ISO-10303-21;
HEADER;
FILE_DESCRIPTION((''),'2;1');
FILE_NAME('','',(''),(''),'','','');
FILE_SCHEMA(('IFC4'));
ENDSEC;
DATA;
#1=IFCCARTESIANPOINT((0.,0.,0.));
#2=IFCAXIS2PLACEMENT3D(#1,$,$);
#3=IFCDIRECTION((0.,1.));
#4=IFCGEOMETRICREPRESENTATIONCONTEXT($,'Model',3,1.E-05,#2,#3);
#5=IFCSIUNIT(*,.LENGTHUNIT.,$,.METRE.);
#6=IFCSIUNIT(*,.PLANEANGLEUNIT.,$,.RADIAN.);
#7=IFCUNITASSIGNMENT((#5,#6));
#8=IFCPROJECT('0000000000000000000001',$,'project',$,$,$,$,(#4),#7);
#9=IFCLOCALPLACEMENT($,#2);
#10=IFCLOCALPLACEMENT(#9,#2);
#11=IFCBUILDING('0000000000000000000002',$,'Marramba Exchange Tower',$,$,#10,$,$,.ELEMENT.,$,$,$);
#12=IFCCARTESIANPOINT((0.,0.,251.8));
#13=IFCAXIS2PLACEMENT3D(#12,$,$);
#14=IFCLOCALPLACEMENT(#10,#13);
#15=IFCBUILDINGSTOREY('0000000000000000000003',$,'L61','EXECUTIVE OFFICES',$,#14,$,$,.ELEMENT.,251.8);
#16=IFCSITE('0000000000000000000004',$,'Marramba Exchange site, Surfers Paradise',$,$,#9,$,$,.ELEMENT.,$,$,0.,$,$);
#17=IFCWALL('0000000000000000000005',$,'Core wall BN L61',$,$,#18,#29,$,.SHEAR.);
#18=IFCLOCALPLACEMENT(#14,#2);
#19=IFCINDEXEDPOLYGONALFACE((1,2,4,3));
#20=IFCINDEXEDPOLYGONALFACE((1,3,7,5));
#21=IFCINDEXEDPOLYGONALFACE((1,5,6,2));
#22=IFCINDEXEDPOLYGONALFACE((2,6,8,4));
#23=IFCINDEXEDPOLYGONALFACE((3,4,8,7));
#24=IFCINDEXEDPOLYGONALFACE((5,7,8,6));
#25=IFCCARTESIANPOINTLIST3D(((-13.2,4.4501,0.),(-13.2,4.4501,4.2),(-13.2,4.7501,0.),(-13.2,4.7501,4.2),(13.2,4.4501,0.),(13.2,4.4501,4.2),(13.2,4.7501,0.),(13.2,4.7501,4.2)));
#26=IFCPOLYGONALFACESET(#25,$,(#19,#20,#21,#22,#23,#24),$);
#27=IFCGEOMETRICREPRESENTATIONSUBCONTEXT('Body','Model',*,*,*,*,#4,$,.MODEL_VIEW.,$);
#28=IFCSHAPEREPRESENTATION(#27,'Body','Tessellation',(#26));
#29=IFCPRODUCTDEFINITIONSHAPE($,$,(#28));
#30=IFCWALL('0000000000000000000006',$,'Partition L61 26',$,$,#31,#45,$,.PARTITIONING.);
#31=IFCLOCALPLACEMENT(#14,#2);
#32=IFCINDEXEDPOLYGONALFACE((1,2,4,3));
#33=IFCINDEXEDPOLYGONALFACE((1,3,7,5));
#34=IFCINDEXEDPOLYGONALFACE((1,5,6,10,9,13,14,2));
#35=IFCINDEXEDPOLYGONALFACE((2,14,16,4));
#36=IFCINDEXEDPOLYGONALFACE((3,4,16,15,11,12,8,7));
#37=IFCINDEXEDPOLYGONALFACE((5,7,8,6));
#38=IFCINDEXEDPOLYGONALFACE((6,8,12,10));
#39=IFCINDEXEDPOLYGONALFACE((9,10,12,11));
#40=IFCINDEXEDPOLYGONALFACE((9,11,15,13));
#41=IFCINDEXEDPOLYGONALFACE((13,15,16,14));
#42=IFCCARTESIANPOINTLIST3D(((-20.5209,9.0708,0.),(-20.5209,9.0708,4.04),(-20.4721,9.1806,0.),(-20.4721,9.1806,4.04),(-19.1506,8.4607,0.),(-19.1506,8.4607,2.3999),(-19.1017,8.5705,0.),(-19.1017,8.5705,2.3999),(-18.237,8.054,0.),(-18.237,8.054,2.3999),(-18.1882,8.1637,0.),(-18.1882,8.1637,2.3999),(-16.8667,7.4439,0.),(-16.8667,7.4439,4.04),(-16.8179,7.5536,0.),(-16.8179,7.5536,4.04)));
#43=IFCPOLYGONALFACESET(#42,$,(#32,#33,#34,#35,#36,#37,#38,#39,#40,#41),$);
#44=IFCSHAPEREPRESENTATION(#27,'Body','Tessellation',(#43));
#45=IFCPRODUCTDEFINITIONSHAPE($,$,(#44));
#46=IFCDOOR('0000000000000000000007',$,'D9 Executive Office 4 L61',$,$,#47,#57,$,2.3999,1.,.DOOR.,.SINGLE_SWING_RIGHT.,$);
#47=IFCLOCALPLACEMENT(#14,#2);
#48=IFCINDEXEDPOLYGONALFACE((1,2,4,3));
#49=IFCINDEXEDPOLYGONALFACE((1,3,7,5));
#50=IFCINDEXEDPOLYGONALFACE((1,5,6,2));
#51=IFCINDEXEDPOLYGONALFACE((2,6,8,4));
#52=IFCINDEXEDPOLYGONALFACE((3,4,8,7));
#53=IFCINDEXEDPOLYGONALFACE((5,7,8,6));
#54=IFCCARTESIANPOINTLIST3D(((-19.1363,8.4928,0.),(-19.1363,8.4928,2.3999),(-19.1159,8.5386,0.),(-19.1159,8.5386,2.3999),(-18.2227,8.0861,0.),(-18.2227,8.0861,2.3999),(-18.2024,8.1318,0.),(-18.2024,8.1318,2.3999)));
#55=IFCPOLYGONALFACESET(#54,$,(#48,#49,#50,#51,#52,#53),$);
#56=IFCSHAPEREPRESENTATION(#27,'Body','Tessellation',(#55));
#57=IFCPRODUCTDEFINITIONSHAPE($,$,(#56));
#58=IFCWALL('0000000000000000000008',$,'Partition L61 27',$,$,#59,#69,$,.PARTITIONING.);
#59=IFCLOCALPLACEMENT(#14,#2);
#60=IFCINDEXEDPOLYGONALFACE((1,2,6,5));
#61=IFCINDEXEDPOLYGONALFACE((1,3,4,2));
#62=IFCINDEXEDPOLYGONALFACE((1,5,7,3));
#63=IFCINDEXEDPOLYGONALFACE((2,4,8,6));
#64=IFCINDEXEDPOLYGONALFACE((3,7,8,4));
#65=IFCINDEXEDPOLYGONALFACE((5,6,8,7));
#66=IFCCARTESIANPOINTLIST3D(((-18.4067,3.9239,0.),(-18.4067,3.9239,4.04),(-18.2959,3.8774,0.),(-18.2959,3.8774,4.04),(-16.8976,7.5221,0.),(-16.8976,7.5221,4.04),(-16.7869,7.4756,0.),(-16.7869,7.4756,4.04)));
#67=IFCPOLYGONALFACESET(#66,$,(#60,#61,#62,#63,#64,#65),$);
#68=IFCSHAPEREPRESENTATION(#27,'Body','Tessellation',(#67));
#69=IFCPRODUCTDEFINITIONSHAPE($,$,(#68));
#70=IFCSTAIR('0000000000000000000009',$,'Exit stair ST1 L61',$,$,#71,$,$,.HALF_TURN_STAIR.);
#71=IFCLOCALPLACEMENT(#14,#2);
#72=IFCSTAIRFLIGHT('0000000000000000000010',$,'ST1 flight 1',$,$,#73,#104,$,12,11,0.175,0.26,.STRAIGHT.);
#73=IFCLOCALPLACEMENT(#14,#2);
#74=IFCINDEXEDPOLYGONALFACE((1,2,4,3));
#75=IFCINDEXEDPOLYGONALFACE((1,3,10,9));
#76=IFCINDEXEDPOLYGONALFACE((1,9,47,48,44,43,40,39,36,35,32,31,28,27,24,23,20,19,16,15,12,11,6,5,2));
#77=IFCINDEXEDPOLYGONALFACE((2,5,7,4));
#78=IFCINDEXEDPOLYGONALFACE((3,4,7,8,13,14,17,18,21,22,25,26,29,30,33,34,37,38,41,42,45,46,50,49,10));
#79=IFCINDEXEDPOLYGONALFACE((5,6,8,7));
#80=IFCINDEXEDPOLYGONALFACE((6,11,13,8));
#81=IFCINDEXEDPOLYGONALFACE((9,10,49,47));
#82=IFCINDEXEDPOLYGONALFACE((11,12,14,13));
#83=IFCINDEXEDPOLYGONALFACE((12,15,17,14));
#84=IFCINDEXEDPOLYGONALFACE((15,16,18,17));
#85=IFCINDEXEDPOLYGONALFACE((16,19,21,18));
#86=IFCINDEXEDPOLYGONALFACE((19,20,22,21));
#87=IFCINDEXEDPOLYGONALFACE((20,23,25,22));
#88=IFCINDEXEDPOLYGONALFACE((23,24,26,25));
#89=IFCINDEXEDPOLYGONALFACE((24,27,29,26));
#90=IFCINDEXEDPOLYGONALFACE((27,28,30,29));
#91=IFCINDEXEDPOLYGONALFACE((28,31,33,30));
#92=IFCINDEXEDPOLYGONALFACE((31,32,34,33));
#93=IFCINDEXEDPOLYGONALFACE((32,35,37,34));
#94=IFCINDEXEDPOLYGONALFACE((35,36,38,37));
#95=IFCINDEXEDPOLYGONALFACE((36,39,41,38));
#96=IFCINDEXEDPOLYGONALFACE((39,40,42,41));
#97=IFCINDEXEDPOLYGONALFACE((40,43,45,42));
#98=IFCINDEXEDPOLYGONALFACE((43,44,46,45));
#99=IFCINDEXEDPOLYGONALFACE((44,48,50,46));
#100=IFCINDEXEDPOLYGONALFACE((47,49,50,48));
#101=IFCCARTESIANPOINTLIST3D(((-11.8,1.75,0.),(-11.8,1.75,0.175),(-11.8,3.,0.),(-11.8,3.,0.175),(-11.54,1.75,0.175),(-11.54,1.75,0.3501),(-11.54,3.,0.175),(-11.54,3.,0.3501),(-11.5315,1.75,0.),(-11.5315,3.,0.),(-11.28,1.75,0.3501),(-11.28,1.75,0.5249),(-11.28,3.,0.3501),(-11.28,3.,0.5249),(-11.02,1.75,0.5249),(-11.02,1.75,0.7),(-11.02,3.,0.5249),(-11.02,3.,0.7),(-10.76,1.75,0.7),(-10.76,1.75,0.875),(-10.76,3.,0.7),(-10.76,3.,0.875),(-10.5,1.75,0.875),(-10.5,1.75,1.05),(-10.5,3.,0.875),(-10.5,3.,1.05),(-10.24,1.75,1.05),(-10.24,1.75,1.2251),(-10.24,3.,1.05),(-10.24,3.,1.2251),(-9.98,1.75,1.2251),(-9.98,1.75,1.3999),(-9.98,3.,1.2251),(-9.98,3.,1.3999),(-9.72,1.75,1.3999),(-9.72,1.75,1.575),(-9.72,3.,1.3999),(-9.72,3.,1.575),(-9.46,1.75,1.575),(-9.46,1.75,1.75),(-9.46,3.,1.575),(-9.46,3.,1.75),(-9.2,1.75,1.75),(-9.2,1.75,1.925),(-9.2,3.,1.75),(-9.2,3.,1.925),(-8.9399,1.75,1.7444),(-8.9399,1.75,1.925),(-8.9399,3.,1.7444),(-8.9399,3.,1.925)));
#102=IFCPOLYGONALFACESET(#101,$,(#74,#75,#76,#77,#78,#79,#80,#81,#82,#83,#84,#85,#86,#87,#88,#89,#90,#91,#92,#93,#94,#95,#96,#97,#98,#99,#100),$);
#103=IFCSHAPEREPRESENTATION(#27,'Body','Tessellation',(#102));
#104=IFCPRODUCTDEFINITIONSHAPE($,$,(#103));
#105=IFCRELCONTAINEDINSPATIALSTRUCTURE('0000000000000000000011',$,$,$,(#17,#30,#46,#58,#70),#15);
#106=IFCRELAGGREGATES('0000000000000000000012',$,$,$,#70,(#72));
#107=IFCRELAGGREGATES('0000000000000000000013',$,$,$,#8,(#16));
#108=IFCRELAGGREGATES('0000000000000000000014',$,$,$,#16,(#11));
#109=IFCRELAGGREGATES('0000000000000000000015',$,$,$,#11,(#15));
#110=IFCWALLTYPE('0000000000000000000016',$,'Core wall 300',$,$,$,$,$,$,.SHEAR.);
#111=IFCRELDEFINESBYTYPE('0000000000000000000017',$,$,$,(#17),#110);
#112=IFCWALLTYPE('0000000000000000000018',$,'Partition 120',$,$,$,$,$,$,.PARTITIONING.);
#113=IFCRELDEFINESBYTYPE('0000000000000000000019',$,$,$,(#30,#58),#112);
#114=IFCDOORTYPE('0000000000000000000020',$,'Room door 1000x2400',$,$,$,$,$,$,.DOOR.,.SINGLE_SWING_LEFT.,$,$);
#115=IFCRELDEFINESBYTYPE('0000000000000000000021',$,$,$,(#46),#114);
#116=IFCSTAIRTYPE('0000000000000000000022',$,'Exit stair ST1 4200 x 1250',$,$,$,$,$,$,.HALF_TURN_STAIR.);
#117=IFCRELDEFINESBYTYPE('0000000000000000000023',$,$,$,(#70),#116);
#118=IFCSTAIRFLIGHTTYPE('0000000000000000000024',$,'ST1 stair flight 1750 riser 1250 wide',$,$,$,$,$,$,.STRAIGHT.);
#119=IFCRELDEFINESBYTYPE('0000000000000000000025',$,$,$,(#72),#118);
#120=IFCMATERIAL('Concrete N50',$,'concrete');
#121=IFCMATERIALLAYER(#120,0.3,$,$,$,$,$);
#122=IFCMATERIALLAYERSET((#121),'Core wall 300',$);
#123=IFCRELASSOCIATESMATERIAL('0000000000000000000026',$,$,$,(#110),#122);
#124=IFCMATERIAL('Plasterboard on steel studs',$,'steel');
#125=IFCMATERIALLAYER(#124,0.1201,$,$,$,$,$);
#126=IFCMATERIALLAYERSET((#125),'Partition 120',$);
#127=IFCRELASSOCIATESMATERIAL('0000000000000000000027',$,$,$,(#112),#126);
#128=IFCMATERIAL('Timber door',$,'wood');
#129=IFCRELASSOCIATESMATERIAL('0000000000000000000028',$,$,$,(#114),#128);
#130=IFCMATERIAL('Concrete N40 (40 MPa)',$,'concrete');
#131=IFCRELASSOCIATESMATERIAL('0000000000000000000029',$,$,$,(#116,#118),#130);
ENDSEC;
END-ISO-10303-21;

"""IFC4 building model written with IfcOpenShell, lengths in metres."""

from ifc_helpers import new_model, si_unit, direction, frame, frame_2d, origin, place, context, subcontext, project, spatial, polyline, rectangle, outline, extrude, material, layer, layer_set, type_object, element, fill, aggregate, save


model = new_model("IFC4")

# Units and contexts
model_context = context("Model", 3, precision=1e-05, world=origin(), true_north=direction((0.0, 1.0)))
body_context = subcontext(model_context, "Body", "Model", "MODEL_VIEW")
ifc_project = project(units=[si_unit("LENGTHUNIT", "METRE"), si_unit("PLANEANGLEUNIT", "RADIAN")], contexts=[model_context])

# Site, building, storey
site_placement = place(None, origin())
site = spatial("IfcSite", under=ifc_project, at=site_placement, Name="Marramba Exchange site, Surfers Paradise", CompositionType="ELEMENT", RefElevation=0.0)
building_placement = place(site_placement, origin())
building = spatial("IfcBuilding", under=site, at=building_placement, Name="Marramba Exchange Tower", CompositionType="ELEMENT")
storey_placement = place(building_placement, frame((0.0, 0.0, 251.8)))
storey = spatial("IfcBuildingStorey", under=building, at=storey_placement, Name="L61", Description="EXECUTIVE OFFICES", CompositionType="ELEMENT", Elevation=251.8)

# Shared definitions
ifc_material_1 = material(Name="Concrete N50", Category="concrete")

# Shared definitions
ifc_layer_1 = layer(ifc_material_1, 0.3)
ifc_layer_set_1 = layer_set([ifc_layer_1], Name="Core wall 300")
wall_type_1 = type_object("IfcWallType", Name="Core wall 300", PredefinedType="SHEAR", material=ifc_layer_set_1)

# Wall
wall_1_placement = place(storey_placement, frame((-13.2, 4.6001, 0.0), z_axis=(0.0, 0.0, 1.0), x_axis=(1.0, 0.0, 0.0)))
element("IfcWall", 1, at=wall_1_placement, inside=storey, type_object=wall_type_1, Name="Core wall BN L61", PredefinedType="SHEAR", context=body_context, shape_type="SweptSolid", body=[
    extrude(rectangle(XDim=26.3999, YDim=0.3, at=frame_2d((13.2, 0.0))), origin(), (0.0, 0.0, 1.0), 4.2),
])

# Wall, opening, door
ifc_material_2 = material(Name="Plasterboard on steel studs", Category="steel")
ifc_layer_2 = layer(ifc_material_2, 0.1201)
ifc_layer_set_2 = layer_set([ifc_layer_2], Name="Partition 120")
wall_type_2 = type_object("IfcWallType", Name="Partition 120", PredefinedType="PARTITIONING", material=ifc_layer_set_2)
wall_2_placement = place(storey_placement, frame((-16.8423, 7.4988, 0.0), z_axis=(0.0, 0.0, 1.0), x_axis=(-0.91355, 0.406727, 0.0)))
wall_2 = element("IfcWall", 2, at=wall_2_placement, inside=storey, type_object=wall_type_2, Name="Partition L61 26", PredefinedType="PARTITIONING", context=body_context, shape_type="SweptSolid", body=[
    extrude(rectangle(XDim=4.0, YDim=0.1201, at=frame_2d((2.0, 0.0))), origin(), (0.0, 0.0, 1.0), 4.04),
])
opening_1_placement = place(wall_2_placement, frame((1.5, 0.0, 0.0)))
opening_1 = element("IfcOpeningElement", 3, at=opening_1_placement, cuts=wall_2, PredefinedType="OPENING", context=body_context, shape_type="SweptSolid", body=[
    extrude(rectangle(XDim=1.0, YDim=2.3999, at=frame_2d((0.5, 1.2))), frame((0.0, 0.0701, 0.0), z_axis=(0.0, -1.0, 0.0), x_axis=(1.0, 0.0, 0.0)), (0.0, 0.0, 1.0), 0.1401),
])
ifc_material_3 = material(Name="Timber door", Category="wood")
door_type_1 = type_object("IfcDoorType", Name="Room door 1000x2400", OperationType="SINGLE_SWING_LEFT", PredefinedType="DOOR", material=ifc_material_3)
door_1_placement = place(opening_1_placement, origin())
door_1 = element("IfcDoor", 4, at=door_1_placement, inside=storey, type_object=door_type_1, Name="D9 Executive Office 4 L61", OperationType="SINGLE_SWING_RIGHT", OverallHeight=2.3999, OverallWidth=1.0, PredefinedType="DOOR", context=body_context, shape_type="SweptSolid", body=[
    extrude(rectangle(XDim=1.0, YDim=2.3999, at=frame_2d((0.5, 1.2))), frame((0.0, 0.0249, 0.0), z_axis=(0.0, -1.0, 0.0), x_axis=(1.0, 0.0, 0.0)), (0.0, 0.0, 1.0), 0.05),
])
fill(opening_1, door_1)

# Wall
wall_3_placement = place(storey_placement, frame((-18.3513, 3.9006, 0.0), z_axis=(0.0, 0.0, 1.0), x_axis=(0.386756, 0.922182, 0.0)))
element("IfcWall", 5, at=wall_3_placement, inside=storey, type_object=wall_type_2, Name="Partition L61 27", PredefinedType="PARTITIONING", context=body_context, shape_type="SweptSolid", body=[
    extrude(rectangle(XDim=3.9019, YDim=0.1201, at=frame_2d((1.9509, 0.0))), origin(), (0.0, 0.0, 1.0), 4.04),
])

# Stair, stair flight
ifc_material_4 = material(Name="Concrete N40 (40 MPa)", Category="concrete")
stair_type = type_object("IfcStairType", Name="Exit stair ST1 4200 x 1250", PredefinedType="HALF_TURN_STAIR", material=ifc_material_4)
stair_placement = place(storey_placement, origin())
stair = element("IfcStair", 6, at=stair_placement, inside=storey, type_object=stair_type, Name="Exit stair ST1 L61", PredefinedType="HALF_TURN_STAIR")
stair_flight_type = type_object("IfcStairFlightType", Name="ST1 stair flight 1750 riser 1250 wide", PredefinedType="STRAIGHT", material=ifc_material_4)
stair_flight_placement = place(storey_placement, frame((-11.8, 2.375, 0.0), z_axis=(0.0, 0.0, 1.0), x_axis=(1.0, 0.0, 0.0)))
stair_flight = element("IfcStairFlight", 7, at=stair_flight_placement, type_object=stair_flight_type, Name="ST1 flight 1", NumberOfRisers=12, NumberOfTreads=11, PredefinedType="STRAIGHT", RiserHeight=0.175, TreadLength=0.26, context=body_context, shape_type="SweptSolid", body=[
    extrude(outline(polyline([(0.0, 0.0), (0.0, 0.175), (0.26, 0.175), (0.26, 0.3501), (0.52, 0.3501), (0.52, 0.5249), (0.78, 0.5249), (0.78, 0.7), (1.04, 0.7), (1.04, 0.875), (1.3, 0.875), (1.3, 1.05), (1.5601, 1.05), (1.5601, 1.2251), (1.8201, 1.2251), (1.8201, 1.3999), (2.0801, 1.3999), (2.0801, 1.575), (2.3401, 1.575), (2.3401, 1.75), (2.6001, 1.75), (2.6001, 1.925), (2.8601, 1.925), (2.8601, 2.1001), (2.8601, 1.7444), (0.2686, 0.0), (0.0, 0.0)])), frame((0.0, 0.625, 0.0), z_axis=(0.0, -1.0, 0.0), x_axis=(1.0, 0.0, 0.0)), (0.0, 0.0, 1.0), 1.25),
])
aggregate(stair, [stair_flight])

save(model, "model.ifc")
